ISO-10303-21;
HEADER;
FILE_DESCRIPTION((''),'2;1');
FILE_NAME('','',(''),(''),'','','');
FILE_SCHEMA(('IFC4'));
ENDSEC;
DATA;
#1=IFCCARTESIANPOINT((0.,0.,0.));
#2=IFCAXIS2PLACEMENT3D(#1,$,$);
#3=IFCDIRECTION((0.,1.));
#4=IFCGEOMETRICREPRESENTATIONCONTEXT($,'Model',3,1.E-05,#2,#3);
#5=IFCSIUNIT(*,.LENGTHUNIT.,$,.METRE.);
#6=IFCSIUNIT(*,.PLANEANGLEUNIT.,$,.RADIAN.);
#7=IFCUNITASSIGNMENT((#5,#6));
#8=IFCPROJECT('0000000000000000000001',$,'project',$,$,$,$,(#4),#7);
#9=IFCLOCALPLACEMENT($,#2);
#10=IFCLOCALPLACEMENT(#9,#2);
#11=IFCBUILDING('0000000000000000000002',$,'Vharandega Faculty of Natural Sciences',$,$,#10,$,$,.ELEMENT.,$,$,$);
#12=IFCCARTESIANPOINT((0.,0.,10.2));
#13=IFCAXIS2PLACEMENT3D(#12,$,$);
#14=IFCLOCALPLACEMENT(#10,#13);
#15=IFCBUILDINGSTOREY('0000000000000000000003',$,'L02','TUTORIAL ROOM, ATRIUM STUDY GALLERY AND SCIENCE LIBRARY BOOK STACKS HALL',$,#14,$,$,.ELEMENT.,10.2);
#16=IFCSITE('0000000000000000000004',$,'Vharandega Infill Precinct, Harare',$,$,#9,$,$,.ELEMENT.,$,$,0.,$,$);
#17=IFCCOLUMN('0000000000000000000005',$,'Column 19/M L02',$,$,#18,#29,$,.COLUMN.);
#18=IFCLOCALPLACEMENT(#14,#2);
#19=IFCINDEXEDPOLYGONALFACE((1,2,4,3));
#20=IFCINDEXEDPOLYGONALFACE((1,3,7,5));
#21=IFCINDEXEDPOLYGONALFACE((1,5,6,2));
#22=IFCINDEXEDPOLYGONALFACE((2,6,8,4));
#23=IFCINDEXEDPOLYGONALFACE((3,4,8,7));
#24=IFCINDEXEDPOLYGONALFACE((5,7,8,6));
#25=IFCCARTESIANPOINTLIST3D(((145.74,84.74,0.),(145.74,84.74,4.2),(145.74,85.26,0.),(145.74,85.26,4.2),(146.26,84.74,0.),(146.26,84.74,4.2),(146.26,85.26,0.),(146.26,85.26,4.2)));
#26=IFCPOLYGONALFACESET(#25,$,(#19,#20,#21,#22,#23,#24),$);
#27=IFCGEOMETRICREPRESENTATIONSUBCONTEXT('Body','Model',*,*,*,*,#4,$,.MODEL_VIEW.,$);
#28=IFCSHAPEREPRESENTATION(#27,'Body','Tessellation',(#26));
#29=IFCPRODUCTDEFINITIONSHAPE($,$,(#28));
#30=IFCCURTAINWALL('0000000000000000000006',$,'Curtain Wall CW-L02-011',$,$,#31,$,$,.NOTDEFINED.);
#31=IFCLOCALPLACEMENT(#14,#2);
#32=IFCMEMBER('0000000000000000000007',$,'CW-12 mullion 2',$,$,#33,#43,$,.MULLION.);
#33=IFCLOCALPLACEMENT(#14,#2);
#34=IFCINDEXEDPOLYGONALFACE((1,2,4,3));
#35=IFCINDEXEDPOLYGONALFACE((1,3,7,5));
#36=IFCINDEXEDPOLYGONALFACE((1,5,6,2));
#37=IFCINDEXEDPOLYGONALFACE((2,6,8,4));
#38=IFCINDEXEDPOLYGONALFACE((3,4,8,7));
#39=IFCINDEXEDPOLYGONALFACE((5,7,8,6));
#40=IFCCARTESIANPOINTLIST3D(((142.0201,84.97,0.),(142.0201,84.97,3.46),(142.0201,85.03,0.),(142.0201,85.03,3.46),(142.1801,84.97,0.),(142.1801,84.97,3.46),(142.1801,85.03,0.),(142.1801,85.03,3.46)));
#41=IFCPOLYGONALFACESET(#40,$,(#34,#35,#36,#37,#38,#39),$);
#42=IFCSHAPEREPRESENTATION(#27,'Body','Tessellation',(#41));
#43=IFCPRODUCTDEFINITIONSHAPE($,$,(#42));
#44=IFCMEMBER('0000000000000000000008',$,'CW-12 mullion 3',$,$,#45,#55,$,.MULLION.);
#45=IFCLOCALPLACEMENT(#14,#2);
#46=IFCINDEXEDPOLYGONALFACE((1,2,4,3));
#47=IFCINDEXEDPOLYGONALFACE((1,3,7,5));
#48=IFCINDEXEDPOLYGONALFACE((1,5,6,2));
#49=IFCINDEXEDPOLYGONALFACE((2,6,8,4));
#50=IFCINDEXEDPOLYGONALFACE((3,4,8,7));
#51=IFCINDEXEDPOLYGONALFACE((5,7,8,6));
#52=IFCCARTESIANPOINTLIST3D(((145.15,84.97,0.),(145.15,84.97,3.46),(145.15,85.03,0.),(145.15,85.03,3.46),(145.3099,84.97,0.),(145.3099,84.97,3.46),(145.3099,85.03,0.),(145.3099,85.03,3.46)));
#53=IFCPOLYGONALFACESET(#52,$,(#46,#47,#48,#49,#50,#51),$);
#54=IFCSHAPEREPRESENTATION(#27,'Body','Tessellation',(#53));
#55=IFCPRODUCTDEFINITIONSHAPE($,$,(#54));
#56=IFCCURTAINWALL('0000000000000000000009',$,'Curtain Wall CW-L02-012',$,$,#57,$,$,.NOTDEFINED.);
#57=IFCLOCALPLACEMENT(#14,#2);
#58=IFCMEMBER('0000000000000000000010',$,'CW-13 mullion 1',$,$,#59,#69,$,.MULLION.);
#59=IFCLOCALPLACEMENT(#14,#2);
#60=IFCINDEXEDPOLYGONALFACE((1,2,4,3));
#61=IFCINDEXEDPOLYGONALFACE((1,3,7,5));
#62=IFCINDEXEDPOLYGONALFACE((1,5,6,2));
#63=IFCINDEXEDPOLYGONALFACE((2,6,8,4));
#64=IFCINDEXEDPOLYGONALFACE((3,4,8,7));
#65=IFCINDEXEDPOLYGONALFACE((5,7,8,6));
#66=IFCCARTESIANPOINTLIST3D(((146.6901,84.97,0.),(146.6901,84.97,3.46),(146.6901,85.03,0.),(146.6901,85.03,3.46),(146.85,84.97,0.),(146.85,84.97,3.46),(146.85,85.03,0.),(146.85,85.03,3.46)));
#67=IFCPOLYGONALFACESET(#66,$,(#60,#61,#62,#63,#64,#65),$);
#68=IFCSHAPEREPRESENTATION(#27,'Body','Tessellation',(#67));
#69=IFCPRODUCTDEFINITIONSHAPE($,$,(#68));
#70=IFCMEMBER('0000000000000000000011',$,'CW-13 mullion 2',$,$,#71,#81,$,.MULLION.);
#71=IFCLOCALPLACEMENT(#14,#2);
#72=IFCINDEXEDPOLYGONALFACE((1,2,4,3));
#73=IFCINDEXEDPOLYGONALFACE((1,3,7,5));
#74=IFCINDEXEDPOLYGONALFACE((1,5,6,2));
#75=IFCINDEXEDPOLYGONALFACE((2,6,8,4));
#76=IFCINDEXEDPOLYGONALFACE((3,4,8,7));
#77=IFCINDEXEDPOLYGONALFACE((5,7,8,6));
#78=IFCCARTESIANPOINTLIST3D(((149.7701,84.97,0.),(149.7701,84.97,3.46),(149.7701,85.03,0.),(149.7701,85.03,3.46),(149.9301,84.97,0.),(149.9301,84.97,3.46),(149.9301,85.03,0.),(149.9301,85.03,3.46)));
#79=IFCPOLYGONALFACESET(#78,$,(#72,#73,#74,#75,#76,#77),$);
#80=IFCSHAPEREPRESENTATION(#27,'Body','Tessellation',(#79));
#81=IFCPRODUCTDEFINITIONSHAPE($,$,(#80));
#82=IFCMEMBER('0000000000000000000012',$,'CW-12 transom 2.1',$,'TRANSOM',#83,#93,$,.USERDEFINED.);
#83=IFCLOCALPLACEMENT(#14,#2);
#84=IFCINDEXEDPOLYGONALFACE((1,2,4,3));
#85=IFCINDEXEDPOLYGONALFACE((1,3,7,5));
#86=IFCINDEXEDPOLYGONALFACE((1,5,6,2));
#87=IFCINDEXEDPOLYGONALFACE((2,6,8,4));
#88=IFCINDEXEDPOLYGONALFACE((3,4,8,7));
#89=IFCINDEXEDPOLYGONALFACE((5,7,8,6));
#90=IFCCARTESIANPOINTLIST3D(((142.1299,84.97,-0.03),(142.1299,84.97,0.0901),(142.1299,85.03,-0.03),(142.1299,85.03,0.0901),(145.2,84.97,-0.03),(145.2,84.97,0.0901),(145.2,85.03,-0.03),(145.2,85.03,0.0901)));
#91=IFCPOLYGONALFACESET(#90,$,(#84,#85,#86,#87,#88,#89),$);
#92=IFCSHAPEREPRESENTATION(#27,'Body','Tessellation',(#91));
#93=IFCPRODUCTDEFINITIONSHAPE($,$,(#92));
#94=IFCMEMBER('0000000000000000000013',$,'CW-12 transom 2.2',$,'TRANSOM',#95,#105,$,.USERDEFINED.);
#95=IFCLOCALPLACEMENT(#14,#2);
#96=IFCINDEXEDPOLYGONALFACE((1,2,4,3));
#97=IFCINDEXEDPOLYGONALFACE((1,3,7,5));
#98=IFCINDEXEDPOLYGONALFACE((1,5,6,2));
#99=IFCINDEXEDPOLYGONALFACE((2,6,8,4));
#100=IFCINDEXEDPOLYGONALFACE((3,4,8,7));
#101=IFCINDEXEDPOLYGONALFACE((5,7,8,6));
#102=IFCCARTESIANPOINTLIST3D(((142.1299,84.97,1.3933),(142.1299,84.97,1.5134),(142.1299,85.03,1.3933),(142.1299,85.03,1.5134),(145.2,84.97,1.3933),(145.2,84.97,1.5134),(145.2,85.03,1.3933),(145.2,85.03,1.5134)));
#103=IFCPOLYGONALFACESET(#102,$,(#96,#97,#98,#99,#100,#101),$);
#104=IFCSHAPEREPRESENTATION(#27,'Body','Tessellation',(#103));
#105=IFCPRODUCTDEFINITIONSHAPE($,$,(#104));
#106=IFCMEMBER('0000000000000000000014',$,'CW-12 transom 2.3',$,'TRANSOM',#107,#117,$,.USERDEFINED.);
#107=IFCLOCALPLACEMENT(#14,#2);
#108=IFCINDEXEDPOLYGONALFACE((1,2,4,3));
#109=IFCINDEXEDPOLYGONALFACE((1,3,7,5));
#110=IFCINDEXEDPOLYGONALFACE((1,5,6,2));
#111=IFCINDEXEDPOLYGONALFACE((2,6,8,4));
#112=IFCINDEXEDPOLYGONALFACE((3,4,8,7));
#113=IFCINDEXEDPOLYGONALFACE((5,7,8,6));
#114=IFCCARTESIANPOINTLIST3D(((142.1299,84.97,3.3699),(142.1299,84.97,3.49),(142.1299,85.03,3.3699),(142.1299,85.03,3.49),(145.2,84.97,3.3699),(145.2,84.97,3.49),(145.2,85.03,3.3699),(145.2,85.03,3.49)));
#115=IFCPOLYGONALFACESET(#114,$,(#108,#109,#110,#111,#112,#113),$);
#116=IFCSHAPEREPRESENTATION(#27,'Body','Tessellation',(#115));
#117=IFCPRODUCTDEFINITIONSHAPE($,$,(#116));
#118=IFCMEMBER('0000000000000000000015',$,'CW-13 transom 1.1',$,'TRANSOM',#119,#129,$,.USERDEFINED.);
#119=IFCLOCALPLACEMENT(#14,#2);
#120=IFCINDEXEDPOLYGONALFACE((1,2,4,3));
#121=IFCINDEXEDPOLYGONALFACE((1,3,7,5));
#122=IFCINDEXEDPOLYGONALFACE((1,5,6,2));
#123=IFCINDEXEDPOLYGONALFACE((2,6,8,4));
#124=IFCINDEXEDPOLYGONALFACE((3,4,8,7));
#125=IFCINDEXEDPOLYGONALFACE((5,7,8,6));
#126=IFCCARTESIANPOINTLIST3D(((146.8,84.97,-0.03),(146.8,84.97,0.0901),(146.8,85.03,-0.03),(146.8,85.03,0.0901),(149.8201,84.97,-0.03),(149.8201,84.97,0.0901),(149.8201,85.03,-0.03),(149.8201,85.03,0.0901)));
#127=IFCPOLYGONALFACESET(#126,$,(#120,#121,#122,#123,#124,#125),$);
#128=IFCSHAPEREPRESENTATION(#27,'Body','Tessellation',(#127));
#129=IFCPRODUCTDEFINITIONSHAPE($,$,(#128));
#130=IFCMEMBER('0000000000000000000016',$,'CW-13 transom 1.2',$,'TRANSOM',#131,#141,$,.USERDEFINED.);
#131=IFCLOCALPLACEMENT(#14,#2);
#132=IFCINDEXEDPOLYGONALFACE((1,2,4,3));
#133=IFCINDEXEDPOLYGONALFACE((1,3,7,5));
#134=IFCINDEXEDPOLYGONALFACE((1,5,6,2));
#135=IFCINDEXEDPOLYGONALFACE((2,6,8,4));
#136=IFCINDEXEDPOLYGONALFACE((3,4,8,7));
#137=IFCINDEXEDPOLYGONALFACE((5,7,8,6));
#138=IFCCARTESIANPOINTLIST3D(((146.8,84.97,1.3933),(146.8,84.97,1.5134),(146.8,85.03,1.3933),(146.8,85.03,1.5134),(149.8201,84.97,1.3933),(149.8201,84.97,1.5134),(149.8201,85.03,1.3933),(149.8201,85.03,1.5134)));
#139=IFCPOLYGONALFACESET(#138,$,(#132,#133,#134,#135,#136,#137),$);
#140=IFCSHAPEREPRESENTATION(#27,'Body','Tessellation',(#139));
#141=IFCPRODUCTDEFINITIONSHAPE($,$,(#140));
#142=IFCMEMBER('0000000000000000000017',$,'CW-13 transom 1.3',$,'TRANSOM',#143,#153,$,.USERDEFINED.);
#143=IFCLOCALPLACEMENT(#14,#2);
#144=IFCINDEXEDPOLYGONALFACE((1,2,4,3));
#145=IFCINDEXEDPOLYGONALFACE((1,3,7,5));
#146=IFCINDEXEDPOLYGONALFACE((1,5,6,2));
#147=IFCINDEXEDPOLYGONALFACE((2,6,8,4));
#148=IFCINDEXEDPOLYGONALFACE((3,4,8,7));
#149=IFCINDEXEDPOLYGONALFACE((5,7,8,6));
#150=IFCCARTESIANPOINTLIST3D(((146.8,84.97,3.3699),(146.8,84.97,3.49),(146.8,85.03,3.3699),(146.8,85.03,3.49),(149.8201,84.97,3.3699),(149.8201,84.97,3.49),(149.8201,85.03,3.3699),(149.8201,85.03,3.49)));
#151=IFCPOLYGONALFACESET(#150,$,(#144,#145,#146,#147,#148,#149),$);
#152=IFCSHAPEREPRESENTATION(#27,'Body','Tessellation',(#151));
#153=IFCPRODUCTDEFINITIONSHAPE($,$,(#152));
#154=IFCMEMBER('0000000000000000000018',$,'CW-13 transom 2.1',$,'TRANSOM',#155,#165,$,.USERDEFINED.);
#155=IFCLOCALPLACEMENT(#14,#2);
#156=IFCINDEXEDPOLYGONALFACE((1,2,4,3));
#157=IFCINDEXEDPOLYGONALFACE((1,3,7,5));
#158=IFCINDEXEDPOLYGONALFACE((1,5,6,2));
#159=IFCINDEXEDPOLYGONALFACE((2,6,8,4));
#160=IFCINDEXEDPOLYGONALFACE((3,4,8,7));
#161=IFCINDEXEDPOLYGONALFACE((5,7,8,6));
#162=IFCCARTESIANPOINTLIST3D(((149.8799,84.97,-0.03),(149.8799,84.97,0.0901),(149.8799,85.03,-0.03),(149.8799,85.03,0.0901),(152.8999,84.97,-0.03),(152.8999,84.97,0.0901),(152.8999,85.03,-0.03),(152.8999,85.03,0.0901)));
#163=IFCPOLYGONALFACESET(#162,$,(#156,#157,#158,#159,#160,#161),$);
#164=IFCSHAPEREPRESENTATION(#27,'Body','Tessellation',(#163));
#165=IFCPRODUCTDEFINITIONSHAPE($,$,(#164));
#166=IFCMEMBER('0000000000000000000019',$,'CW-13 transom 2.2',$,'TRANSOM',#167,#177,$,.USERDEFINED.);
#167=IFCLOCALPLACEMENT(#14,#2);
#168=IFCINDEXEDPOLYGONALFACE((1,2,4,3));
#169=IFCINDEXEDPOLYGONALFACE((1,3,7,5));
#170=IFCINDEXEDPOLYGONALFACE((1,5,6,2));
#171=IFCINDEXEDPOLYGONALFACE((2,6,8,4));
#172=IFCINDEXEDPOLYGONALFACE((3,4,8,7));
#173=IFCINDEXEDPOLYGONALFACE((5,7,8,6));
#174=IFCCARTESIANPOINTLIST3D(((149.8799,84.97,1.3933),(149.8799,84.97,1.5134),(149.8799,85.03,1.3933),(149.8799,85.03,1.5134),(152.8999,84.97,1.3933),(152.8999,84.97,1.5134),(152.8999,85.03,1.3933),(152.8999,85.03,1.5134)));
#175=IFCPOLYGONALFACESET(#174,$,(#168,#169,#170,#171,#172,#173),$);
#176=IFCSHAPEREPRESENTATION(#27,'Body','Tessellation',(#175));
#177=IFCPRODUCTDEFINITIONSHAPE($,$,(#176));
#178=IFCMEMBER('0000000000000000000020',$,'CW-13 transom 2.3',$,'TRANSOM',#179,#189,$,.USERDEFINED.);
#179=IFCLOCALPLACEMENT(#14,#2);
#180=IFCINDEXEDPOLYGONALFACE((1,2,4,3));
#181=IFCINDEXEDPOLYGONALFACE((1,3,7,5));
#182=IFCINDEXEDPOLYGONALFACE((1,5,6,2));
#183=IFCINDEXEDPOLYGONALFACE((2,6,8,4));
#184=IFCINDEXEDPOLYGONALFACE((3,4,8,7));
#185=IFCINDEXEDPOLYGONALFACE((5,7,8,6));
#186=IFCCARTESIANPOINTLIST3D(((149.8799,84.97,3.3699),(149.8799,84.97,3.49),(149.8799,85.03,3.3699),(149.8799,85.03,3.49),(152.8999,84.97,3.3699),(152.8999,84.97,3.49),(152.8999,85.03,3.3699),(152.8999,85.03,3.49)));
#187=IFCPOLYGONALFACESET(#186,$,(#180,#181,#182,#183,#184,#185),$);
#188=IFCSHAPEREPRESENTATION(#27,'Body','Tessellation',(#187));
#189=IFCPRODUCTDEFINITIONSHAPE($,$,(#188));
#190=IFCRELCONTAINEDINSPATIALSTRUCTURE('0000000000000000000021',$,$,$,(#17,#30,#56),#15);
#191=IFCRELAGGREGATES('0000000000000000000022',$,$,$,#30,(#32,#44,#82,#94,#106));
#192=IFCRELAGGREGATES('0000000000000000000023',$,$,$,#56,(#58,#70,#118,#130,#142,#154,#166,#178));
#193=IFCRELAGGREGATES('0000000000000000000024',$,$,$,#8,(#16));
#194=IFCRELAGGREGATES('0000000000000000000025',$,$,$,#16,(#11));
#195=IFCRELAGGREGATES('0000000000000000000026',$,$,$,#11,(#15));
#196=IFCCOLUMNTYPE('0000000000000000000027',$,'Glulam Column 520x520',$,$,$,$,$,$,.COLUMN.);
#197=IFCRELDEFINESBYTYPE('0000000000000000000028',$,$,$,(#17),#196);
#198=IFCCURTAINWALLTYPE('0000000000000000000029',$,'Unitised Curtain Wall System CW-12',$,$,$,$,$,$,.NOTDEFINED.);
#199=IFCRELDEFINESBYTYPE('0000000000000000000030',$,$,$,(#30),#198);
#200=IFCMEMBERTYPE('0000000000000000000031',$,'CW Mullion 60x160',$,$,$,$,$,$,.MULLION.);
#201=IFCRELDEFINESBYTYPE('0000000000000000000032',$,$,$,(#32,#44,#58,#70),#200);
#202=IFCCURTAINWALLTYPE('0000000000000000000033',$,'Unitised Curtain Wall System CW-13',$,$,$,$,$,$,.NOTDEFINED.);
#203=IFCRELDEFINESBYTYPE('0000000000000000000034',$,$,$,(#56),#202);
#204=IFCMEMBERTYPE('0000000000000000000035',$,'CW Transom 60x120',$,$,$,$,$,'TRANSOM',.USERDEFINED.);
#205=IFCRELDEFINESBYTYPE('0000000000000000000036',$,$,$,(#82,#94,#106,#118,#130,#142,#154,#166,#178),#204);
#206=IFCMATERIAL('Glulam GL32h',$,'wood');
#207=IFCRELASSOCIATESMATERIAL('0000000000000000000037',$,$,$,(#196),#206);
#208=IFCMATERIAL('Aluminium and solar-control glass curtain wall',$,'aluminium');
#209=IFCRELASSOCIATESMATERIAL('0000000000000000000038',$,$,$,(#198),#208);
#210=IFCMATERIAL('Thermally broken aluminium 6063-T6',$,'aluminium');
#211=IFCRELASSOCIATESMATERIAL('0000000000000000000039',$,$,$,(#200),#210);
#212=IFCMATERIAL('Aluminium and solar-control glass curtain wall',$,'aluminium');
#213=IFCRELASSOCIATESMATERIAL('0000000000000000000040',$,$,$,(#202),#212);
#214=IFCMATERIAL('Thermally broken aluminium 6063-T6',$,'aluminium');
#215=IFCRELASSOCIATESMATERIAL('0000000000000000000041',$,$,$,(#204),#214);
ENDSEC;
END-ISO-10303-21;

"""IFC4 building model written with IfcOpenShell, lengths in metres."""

from ifc_helpers import new_model, si_unit, direction, frame, origin, origin_2d, place, context, subcontext, project, spatial, rectangle, extrude, material, material_profile, profile_set, type_object, element, aggregate, save


model = new_model("IFC4")

# Units and contexts
model_context = context("Model", 3, precision=1e-05, world=origin(), true_north=direction((0.0, 1.0)))
body_context = subcontext(model_context, "Body", "Model", "MODEL_VIEW")
ifc_project = project(units=[si_unit("LENGTHUNIT", "METRE"), si_unit("PLANEANGLEUNIT", "RADIAN")], contexts=[model_context])

# Site, building, storey
site_placement = place(None, origin())
site = spatial("IfcSite", under=ifc_project, at=site_placement, Name="Vharandega Infill Precinct, Harare", CompositionType="ELEMENT", RefElevation=0.0)
building_placement = place(site_placement, origin())
building = spatial("IfcBuilding", under=site, at=building_placement, Name="Vharandega Faculty of Natural Sciences", CompositionType="ELEMENT")
storey_placement = place(building_placement, frame((0.0, 0.0, 10.2)))
storey = spatial("IfcBuildingStorey", under=building, at=storey_placement, Name="L02", Description="TUTORIAL ROOM, ATRIUM STUDY GALLERY AND SCIENCE LIBRARY BOOK STACKS HALL", CompositionType="ELEMENT", Elevation=10.2)

# Column
ifc_material_1 = material(Name="Glulam GL32h", Category="wood")
ifc_material_profile_1 = material_profile(ifc_material_1, rectangle(XDim=0.52, YDim=0.52, at=origin_2d()), Name="GL32h 520x520")
ifc_profile_set_1 = profile_set([ifc_material_profile_1], Name="Glulam GL32h")
column_type = type_object("IfcColumnType", Name="Glulam Column 520x520", PredefinedType="COLUMN", material=ifc_profile_set_1)
column_placement = place(storey_placement, frame((146.0, 85.0, 0.0), z_axis=(0.0, 0.0, 1.0), x_axis=(1.0, 0.0, 0.0)))
element("IfcColumn", 1, at=column_placement, inside=storey, type_object=column_type, Name="Column 19/M L02", PredefinedType="COLUMN", context=body_context, shape_type="SweptSolid", body=[
    extrude(rectangle(XDim=0.52, YDim=0.52, at=origin_2d()), origin(), (0.0, 0.0, 1.0), 4.2),
])

# Curtain walls, members
ifc_material_2 = material(Name="Aluminium and solar-control glass curtain wall", Category="aluminium")
curtain_wall_type_1 = type_object("IfcCurtainWallType", Name="Unitised Curtain Wall System CW-12", PredefinedType="NOTDEFINED", material=ifc_material_2)
curtain_wall_1_placement = place(storey_placement, origin())
curtain_wall_1 = element("IfcCurtainWall", 2, at=curtain_wall_1_placement, inside=storey, type_object=curtain_wall_type_1, Name="Curtain Wall CW-L02-011", PredefinedType="NOTDEFINED")
ifc_material_3 = material(Name="Thermally broken aluminium 6063-T6", Category="aluminium")
ifc_material_profile_2 = material_profile(ifc_material_3, rectangle(XDim=0.0601, YDim=0.1599, at=origin_2d()), Name="ALU 60x160")
ifc_profile_set_2 = profile_set([ifc_material_profile_2], Name="Thermally broken aluminium 6063-T6")
member_type_1 = type_object("IfcMemberType", Name="CW Mullion 60x160", PredefinedType="MULLION", material=ifc_profile_set_2)
member_1_placement = place(storey_placement, frame((142.1001, 85.0, 0.0), z_axis=(0.0, 0.0, 1.0), x_axis=(0.0, 1.0, 0.0)))
member_1 = element("IfcMember", 3, at=member_1_placement, type_object=member_type_1, Name="CW-12 mullion 2", PredefinedType="MULLION", context=body_context, shape_type="SweptSolid", body=[
    extrude(rectangle(XDim=0.0601, YDim=0.1599, at=origin_2d()), origin(), (0.0, 0.0, 1.0), 3.46),
])
member_2_placement = place(storey_placement, frame((145.23, 85.0, 0.0), z_axis=(0.0, 0.0, 1.0), x_axis=(0.0, 1.0, 0.0)))
member_2 = element("IfcMember", 4, at=member_2_placement, type_object=member_type_1, Name="CW-12 mullion 3", PredefinedType="MULLION", context=body_context, shape_type="SweptSolid", body=[
    extrude(rectangle(XDim=0.0601, YDim=0.1599, at=origin_2d()), origin(), (0.0, 0.0, 1.0), 3.46),
])
ifc_material_4 = material(Name="Aluminium and solar-control glass curtain wall", Category="aluminium")
curtain_wall_type_2 = type_object("IfcCurtainWallType", Name="Unitised Curtain Wall System CW-13", PredefinedType="NOTDEFINED", material=ifc_material_4)
curtain_wall_2_placement = place(storey_placement, origin())
curtain_wall_2 = element("IfcCurtainWall", 5, at=curtain_wall_2_placement, inside=storey, type_object=curtain_wall_type_2, Name="Curtain Wall CW-L02-012", PredefinedType="NOTDEFINED")
member_3_placement = place(storey_placement, frame((146.77, 85.0, 0.0), z_axis=(0.0, 0.0, 1.0), x_axis=(0.0, 1.0, 0.0)))
member_3 = element("IfcMember", 6, at=member_3_placement, type_object=member_type_1, Name="CW-13 mullion 1", PredefinedType="MULLION", context=body_context, shape_type="SweptSolid", body=[
    extrude(rectangle(XDim=0.0601, YDim=0.1599, at=origin_2d()), origin(), (0.0, 0.0, 1.0), 3.46),
])
member_4_placement = place(storey_placement, frame((149.8501, 85.0, 0.0), z_axis=(0.0, 0.0, 1.0), x_axis=(0.0, 1.0, 0.0)))
member_4 = element("IfcMember", 7, at=member_4_placement, type_object=member_type_1, Name="CW-13 mullion 2", PredefinedType="MULLION", context=body_context, shape_type="SweptSolid", body=[
    extrude(rectangle(XDim=0.0601, YDim=0.1599, at=origin_2d()), origin(), (0.0, 0.0, 1.0), 3.46),
])

# Members
ifc_material_5 = material(Name="Thermally broken aluminium 6063-T6", Category="aluminium")
ifc_material_profile_3 = material_profile(ifc_material_5, rectangle(XDim=0.0601, YDim=0.1201, at=origin_2d()), Name="ALU 60x120")
ifc_profile_set_3 = profile_set([ifc_material_profile_3], Name="Thermally broken aluminium 6063-T6")
member_type_2 = type_object("IfcMemberType", Name="CW Transom 60x120", ElementType="TRANSOM", PredefinedType="USERDEFINED", material=ifc_profile_set_3)
member_5_placement = place(storey_placement, frame((142.1299, 85.0, 0.03), z_axis=(1.0, 0.0, 0.0), x_axis=(0.0, 1.0, 0.0)))
member_5 = element("IfcMember", 8, at=member_5_placement, type_object=member_type_2, Name="CW-12 transom 2.1", ObjectType="TRANSOM", PredefinedType="USERDEFINED", context=body_context, shape_type="SweptSolid", body=[
    extrude(rectangle(XDim=0.0601, YDim=0.1201, at=origin_2d()), origin(), (0.0, 0.0, 1.0), 3.0701),
])
member_6_placement = place(storey_placement, frame((142.1299, 85.0, 1.4534), z_axis=(1.0, 0.0, 0.0), x_axis=(0.0, 1.0, 0.0)))
member_6 = element("IfcMember", 9, at=member_6_placement, type_object=member_type_2, Name="CW-12 transom 2.2", ObjectType="TRANSOM", PredefinedType="USERDEFINED", context=body_context, shape_type="SweptSolid", body=[
    extrude(rectangle(XDim=0.0601, YDim=0.1201, at=origin_2d()), origin(), (0.0, 0.0, 1.0), 3.0701),
])
member_7_placement = place(storey_placement, frame((142.1299, 85.0, 3.4299), z_axis=(1.0, 0.0, 0.0), x_axis=(0.0, 1.0, 0.0)))
member_7 = element("IfcMember", 10, at=member_7_placement, type_object=member_type_2, Name="CW-12 transom 2.3", ObjectType="TRANSOM", PredefinedType="USERDEFINED", context=body_context, shape_type="SweptSolid", body=[
    extrude(rectangle(XDim=0.0601, YDim=0.1201, at=origin_2d()), origin(), (0.0, 0.0, 1.0), 3.0701),
])
member_8_placement = place(storey_placement, frame((146.8, 85.0, 0.03), z_axis=(1.0, 0.0, 0.0), x_axis=(0.0, 1.0, 0.0)))
member_8 = element("IfcMember", 11, at=member_8_placement, type_object=member_type_2, Name="CW-13 transom 1.1", ObjectType="TRANSOM", PredefinedType="USERDEFINED", context=body_context, shape_type="SweptSolid", body=[
    extrude(rectangle(XDim=0.0601, YDim=0.1201, at=origin_2d()), origin(), (0.0, 0.0, 1.0), 3.02),
])
member_9_placement = place(storey_placement, frame((146.8, 85.0, 1.4534), z_axis=(1.0, 0.0, 0.0), x_axis=(0.0, 1.0, 0.0)))
member_9 = element("IfcMember", 12, at=member_9_placement, type_object=member_type_2, Name="CW-13 transom 1.2", ObjectType="TRANSOM", PredefinedType="USERDEFINED", context=body_context, shape_type="SweptSolid", body=[
    extrude(rectangle(XDim=0.0601, YDim=0.1201, at=origin_2d()), origin(), (0.0, 0.0, 1.0), 3.02),
])
member_10_placement = place(storey_placement, frame((146.8, 85.0, 3.4299), z_axis=(1.0, 0.0, 0.0), x_axis=(0.0, 1.0, 0.0)))
member_10 = element("IfcMember", 13, at=member_10_placement, type_object=member_type_2, Name="CW-13 transom 1.3", ObjectType="TRANSOM", PredefinedType="USERDEFINED", context=body_context, shape_type="SweptSolid", body=[
    extrude(rectangle(XDim=0.0601, YDim=0.1201, at=origin_2d()), origin(), (0.0, 0.0, 1.0), 3.02),
])
member_11_placement = place(storey_placement, frame((149.8799, 85.0, 0.03), z_axis=(1.0, 0.0, 0.0), x_axis=(0.0, 1.0, 0.0)))
member_11 = element("IfcMember", 14, at=member_11_placement, type_object=member_type_2, Name="CW-13 transom 2.1", ObjectType="TRANSOM", PredefinedType="USERDEFINED", context=body_context, shape_type="SweptSolid", body=[
    extrude(rectangle(XDim=0.0601, YDim=0.1201, at=origin_2d()), origin(), (0.0, 0.0, 1.0), 3.02),
])
member_12_placement = place(storey_placement, frame((149.8799, 85.0, 1.4534), z_axis=(1.0, 0.0, 0.0), x_axis=(0.0, 1.0, 0.0)))
member_12 = element("IfcMember", 15, at=member_12_placement, type_object=member_type_2, Name="CW-13 transom 2.2", ObjectType="TRANSOM", PredefinedType="USERDEFINED", context=body_context, shape_type="SweptSolid", body=[
    extrude(rectangle(XDim=0.0601, YDim=0.1201, at=origin_2d()), origin(), (0.0, 0.0, 1.0), 3.02),
])
member_13_placement = place(storey_placement, frame((149.8799, 85.0, 3.4299), z_axis=(1.0, 0.0, 0.0), x_axis=(0.0, 1.0, 0.0)))
member_13 = element("IfcMember", 16, at=member_13_placement, type_object=member_type_2, Name="CW-13 transom 2.3", ObjectType="TRANSOM", PredefinedType="USERDEFINED", context=body_context, shape_type="SweptSolid", body=[
    extrude(rectangle(XDim=0.0601, YDim=0.1201, at=origin_2d()), origin(), (0.0, 0.0, 1.0), 3.02),
])

aggregate(curtain_wall_1, [member_1, member_2, member_5, member_6, member_7])
aggregate(curtain_wall_2, [member_3, member_4, member_8, member_9, member_10, member_11, member_12, member_13])

save(model, "model.ifc")
